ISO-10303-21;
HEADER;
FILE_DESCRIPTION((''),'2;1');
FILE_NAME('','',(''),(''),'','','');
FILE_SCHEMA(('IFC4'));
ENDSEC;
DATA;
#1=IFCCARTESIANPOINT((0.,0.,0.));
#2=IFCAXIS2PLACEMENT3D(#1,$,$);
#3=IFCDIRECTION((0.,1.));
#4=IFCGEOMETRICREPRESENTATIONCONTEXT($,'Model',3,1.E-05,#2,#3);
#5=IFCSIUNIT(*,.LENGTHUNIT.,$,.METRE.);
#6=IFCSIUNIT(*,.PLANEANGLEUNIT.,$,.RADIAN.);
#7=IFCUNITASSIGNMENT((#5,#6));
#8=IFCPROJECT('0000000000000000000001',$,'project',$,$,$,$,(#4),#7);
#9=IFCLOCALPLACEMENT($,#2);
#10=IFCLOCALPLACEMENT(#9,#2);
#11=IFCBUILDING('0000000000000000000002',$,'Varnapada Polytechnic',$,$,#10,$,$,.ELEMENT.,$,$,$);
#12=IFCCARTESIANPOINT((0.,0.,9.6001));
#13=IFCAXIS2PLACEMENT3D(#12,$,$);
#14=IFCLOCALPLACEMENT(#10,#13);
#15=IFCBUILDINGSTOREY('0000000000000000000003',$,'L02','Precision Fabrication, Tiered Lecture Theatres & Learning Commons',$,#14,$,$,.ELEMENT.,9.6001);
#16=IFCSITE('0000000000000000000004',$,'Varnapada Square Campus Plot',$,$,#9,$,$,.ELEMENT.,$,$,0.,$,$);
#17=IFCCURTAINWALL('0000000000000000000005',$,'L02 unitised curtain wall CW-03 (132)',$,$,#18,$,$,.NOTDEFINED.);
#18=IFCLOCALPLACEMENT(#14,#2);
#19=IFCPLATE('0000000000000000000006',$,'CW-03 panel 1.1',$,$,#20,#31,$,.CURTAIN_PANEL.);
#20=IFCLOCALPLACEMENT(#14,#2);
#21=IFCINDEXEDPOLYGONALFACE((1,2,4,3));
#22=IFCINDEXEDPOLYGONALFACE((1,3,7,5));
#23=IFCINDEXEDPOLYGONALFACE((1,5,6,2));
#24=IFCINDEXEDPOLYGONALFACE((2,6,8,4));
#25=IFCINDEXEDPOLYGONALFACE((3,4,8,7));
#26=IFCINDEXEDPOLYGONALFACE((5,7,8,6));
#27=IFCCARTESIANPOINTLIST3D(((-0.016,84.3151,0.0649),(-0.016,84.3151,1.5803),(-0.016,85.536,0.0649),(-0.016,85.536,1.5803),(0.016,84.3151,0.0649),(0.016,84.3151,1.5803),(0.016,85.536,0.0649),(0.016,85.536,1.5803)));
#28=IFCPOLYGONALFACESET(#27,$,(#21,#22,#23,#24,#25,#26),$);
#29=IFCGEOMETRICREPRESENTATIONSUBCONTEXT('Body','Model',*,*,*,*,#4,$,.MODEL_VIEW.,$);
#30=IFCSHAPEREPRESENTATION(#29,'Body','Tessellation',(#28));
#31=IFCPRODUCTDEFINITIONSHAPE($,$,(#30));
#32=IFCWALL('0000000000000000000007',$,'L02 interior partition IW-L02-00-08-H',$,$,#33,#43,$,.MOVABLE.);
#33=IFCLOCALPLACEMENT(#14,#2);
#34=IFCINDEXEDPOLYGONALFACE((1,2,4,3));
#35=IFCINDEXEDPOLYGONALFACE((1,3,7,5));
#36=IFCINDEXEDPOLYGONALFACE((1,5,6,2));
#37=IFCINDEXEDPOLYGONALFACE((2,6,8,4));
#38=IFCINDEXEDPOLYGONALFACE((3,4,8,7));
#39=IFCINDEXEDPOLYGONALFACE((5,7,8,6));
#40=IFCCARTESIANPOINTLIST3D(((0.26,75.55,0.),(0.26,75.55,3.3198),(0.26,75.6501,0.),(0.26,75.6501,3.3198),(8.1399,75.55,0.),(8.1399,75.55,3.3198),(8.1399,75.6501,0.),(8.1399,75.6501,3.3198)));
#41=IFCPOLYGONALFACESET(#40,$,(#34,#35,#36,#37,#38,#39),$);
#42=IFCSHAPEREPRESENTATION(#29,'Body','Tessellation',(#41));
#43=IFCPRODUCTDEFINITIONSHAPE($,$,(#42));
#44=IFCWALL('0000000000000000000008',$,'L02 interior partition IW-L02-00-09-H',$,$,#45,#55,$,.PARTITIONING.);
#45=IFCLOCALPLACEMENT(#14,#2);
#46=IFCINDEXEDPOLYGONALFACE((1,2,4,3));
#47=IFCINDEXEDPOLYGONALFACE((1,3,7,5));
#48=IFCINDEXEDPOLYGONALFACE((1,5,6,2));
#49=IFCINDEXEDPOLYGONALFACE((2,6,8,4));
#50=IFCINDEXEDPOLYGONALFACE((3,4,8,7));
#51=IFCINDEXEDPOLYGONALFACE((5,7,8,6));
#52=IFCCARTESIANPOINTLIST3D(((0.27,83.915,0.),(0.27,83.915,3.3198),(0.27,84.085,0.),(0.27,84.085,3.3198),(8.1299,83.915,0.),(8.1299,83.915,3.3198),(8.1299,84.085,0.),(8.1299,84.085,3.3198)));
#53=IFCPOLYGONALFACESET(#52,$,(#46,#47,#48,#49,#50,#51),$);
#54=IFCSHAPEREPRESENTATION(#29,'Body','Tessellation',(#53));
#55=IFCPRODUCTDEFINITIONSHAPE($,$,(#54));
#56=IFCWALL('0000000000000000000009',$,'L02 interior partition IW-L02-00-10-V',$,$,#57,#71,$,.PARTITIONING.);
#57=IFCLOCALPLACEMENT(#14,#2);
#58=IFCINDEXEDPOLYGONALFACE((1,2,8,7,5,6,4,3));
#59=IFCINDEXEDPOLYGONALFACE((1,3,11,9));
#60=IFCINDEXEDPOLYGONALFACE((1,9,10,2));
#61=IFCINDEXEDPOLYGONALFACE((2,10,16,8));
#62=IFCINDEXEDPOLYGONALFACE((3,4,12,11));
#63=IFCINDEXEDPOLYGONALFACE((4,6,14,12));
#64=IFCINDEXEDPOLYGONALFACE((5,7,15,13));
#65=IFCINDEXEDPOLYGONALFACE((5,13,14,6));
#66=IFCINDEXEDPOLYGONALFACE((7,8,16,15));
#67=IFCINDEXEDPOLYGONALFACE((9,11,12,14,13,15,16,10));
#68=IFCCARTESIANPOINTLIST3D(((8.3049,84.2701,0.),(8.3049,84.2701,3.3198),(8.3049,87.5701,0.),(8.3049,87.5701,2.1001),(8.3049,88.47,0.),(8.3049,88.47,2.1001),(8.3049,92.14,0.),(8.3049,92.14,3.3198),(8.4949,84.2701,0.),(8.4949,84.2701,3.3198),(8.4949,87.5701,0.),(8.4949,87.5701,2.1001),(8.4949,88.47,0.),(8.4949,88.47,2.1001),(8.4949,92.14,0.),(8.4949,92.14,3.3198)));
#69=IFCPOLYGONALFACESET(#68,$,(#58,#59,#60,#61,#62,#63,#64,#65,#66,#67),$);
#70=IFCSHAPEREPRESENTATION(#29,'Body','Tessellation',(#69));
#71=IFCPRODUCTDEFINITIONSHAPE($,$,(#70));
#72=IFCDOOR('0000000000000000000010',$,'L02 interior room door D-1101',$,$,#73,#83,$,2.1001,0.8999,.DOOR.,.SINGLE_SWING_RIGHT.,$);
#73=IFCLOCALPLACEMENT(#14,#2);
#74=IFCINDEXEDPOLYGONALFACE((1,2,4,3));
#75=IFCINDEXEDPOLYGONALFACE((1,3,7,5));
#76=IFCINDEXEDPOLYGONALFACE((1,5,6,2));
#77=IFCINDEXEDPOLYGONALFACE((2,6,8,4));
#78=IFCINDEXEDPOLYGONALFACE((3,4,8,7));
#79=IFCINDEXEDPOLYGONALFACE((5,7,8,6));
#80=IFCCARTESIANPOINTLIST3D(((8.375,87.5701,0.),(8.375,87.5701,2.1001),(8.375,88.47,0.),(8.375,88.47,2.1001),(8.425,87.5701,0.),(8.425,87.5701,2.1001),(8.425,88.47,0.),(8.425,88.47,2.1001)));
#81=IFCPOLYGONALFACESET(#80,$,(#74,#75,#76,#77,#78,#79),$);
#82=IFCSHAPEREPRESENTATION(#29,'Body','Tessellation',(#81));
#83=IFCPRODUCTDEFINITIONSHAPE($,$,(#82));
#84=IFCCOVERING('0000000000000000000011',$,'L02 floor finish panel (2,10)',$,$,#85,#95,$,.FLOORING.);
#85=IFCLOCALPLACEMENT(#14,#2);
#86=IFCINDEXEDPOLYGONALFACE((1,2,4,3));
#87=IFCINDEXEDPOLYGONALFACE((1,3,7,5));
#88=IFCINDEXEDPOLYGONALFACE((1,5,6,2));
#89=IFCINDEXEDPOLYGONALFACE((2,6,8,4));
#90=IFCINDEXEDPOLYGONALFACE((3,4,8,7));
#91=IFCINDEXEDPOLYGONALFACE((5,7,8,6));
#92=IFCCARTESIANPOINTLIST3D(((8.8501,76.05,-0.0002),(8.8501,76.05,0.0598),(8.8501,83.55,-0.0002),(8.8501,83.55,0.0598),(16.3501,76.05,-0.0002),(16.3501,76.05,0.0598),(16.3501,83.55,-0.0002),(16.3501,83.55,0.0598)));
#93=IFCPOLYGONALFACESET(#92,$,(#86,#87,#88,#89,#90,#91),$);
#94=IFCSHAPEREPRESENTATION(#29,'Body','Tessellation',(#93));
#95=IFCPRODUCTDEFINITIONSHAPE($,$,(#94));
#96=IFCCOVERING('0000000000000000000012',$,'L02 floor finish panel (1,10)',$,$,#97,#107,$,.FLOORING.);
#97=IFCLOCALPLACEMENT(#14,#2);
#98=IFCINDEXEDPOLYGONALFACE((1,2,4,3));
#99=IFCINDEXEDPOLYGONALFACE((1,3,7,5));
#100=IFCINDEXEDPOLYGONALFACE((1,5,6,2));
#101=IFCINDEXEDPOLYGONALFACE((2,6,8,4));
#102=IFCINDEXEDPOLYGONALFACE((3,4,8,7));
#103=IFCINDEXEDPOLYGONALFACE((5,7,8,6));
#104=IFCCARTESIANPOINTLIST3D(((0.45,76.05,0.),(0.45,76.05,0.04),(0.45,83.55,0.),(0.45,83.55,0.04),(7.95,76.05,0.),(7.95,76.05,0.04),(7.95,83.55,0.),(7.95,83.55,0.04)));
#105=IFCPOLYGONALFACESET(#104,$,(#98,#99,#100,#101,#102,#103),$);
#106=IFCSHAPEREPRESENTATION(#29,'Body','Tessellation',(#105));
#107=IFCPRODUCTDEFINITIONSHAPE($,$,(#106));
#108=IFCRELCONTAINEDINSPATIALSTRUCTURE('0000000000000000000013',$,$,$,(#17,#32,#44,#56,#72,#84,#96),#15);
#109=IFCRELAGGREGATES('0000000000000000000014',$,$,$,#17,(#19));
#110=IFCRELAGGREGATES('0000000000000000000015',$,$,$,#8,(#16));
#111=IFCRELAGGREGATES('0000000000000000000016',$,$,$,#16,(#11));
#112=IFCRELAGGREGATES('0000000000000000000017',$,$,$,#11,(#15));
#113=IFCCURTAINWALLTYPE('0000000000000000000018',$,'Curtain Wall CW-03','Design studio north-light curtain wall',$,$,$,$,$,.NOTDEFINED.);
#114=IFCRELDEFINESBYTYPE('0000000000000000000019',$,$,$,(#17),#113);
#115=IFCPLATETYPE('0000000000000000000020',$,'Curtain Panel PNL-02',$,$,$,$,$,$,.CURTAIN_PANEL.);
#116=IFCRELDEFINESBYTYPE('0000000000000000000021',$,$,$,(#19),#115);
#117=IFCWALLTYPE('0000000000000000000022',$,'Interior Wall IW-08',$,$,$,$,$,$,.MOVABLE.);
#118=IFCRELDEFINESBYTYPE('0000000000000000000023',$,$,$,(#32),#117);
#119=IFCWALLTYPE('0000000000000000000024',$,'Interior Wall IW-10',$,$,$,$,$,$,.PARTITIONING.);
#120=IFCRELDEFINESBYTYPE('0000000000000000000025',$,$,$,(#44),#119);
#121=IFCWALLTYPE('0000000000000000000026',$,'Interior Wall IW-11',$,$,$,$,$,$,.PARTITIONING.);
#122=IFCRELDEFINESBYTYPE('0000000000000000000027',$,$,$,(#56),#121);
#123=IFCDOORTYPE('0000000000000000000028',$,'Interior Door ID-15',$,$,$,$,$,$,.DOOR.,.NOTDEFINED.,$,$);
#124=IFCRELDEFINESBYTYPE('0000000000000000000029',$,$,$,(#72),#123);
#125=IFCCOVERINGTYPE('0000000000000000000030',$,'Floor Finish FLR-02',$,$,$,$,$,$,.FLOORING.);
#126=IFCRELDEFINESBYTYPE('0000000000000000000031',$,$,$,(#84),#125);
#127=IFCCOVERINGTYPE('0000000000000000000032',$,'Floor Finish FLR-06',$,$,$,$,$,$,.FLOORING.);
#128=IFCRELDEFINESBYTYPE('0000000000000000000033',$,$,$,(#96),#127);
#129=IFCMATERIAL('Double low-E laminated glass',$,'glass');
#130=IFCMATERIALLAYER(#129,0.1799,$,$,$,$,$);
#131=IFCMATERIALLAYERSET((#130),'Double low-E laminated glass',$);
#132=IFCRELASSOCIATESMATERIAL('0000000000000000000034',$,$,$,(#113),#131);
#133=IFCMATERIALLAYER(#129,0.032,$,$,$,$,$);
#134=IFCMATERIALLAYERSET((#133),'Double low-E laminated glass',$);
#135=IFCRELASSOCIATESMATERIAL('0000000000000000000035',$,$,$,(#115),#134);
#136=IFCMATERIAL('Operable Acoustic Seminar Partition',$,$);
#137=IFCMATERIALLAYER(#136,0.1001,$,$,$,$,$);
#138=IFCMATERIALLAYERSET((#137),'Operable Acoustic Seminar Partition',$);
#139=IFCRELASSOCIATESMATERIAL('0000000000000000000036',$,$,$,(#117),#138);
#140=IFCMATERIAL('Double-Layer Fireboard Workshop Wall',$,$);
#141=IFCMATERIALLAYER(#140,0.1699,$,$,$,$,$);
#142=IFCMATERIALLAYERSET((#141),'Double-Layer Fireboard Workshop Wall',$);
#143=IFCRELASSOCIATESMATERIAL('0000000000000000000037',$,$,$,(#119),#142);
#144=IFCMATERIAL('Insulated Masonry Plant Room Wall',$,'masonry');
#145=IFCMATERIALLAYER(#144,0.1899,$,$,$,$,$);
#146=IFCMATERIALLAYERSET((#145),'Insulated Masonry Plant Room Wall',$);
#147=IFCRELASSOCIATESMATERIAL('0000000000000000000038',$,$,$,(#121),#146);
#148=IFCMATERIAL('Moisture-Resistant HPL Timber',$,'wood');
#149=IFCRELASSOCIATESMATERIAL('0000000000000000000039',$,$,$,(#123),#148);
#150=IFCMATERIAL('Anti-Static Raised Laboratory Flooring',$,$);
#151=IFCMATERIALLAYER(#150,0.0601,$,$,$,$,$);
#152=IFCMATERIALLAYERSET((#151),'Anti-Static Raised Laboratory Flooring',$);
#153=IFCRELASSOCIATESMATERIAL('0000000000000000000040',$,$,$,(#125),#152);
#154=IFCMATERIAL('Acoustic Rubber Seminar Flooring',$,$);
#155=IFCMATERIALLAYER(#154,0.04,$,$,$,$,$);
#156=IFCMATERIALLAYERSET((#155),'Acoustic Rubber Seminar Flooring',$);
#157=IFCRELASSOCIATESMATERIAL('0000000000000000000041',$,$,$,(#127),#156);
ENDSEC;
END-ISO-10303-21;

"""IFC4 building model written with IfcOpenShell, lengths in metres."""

from ifc_helpers import new_model, si_unit, direction, frame, frame_2d, origin, origin_2d, place, context, subcontext, project, spatial, rectangle, extrude, material, layer, layer_set, type_object, element, fill, aggregate, save


model = new_model("IFC4")

# Units and contexts
model_context = context("Model", 3, precision=1e-05, world=origin(), true_north=direction((0.0, 1.0)))
body_context = subcontext(model_context, "Body", "Model", "MODEL_VIEW")
ifc_project = project(units=[si_unit("LENGTHUNIT", "METRE"), si_unit("PLANEANGLEUNIT", "RADIAN")], contexts=[model_context])

# Site, building, storey
site_placement = place(None, origin())
site = spatial("IfcSite", under=ifc_project, at=site_placement, Name="Varnapada Square Campus Plot", CompositionType="ELEMENT", RefElevation=0.0)
building_placement = place(site_placement, origin())
building = spatial("IfcBuilding", under=site, at=building_placement, Name="Varnapada Polytechnic", CompositionType="ELEMENT")
storey_placement = place(building_placement, frame((0.0, 0.0, 9.6001)))
storey = spatial("IfcBuildingStorey", under=building, at=storey_placement, Name="L02", Description="Precision Fabrication, Tiered Lecture Theatres & Learning Commons", CompositionType="ELEMENT", Elevation=9.6001)

# Curtain wall, plate
ifc_material_1 = material(Name="Double low-E laminated glass", Category="glass")
ifc_layer_1 = layer(ifc_material_1, 0.1799)
ifc_layer_set_1 = layer_set([ifc_layer_1], Name="Double low-E laminated glass")
curtain_wall_type = type_object("IfcCurtainWallType", Name="Curtain Wall CW-03", Description="Design studio north-light curtain wall", PredefinedType="NOTDEFINED", material=ifc_layer_set_1)
curtain_wall_placement = place(storey_placement, origin())
curtain_wall = element("IfcCurtainWall", 1, at=curtain_wall_placement, inside=storey, type_object=curtain_wall_type, Name="L02 unitised curtain wall CW-03 (132)", PredefinedType="NOTDEFINED")
ifc_layer_2 = layer(ifc_material_1, 0.032)
ifc_layer_set_2 = layer_set([ifc_layer_2], Name="Double low-E laminated glass")
plate_type = type_object("IfcPlateType", Name="Curtain Panel PNL-02", PredefinedType="CURTAIN_PANEL", material=ifc_layer_set_2)
plate_placement = place(storey_placement, frame((0.0, 84.9255, 0.0649), z_axis=(0.0, 0.0, 1.0), x_axis=(0.0, 1.0, 0.0)))
plate = element("IfcPlate", 2, at=plate_placement, type_object=plate_type, Name="CW-03 panel 1.1", PredefinedType="CURTAIN_PANEL", context=body_context, shape_type="SweptSolid", body=[
    extrude(rectangle(XDim=1.2209, YDim=0.032, at=origin_2d()), origin(), (0.0, 0.0, 1.0), 1.5154),
])
aggregate(curtain_wall, [plate])

# Wall
ifc_material_2 = material(Name="Operable Acoustic Seminar Partition")
ifc_layer_3 = layer(ifc_material_2, 0.1001)
ifc_layer_set_3 = layer_set([ifc_layer_3], Name="Operable Acoustic Seminar Partition")
wall_type_1 = type_object("IfcWallType", Name="Interior Wall IW-08", PredefinedType="MOVABLE", material=ifc_layer_set_3)
wall_1_placement = place(storey_placement, frame((0.26, 75.6001, 0.0), z_axis=(0.0, 0.0, 1.0), x_axis=(1.0, 0.0, 0.0)))
element("IfcWall", 3, at=wall_1_placement, inside=storey, type_object=wall_type_1, Name="L02 interior partition IW-L02-00-08-H", PredefinedType="MOVABLE", context=body_context, shape_type="SweptSolid", body=[
    extrude(rectangle(XDim=7.8799, YDim=0.1001, at=frame_2d((3.9399, 0.0))), origin(), (0.0, 0.0, 1.0), 3.3198),
])

# Wall
ifc_material_3 = material(Name="Double-Layer Fireboard Workshop Wall")
ifc_layer_4 = layer(ifc_material_3, 0.1699)
ifc_layer_set_4 = layer_set([ifc_layer_4], Name="Double-Layer Fireboard Workshop Wall")
wall_type_2 = type_object("IfcWallType", Name="Interior Wall IW-10", PredefinedType="PARTITIONING", material=ifc_layer_set_4)
wall_2_placement = place(storey_placement, frame((0.27, 84.0, 0.0), z_axis=(0.0, 0.0, 1.0), x_axis=(1.0, 0.0, 0.0)))
element("IfcWall", 4, at=wall_2_placement, inside=storey, type_object=wall_type_2, Name="L02 interior partition IW-L02-00-09-H", PredefinedType="PARTITIONING", context=body_context, shape_type="SweptSolid", body=[
    extrude(rectangle(XDim=7.8599, YDim=0.1699, at=frame_2d((3.9299, 0.0))), origin(), (0.0, 0.0, 1.0), 3.3198),
])

# Wall, opening, door
ifc_material_4 = material(Name="Insulated Masonry Plant Room Wall", Category="masonry")
ifc_layer_5 = layer(ifc_material_4, 0.1899)
ifc_layer_set_5 = layer_set([ifc_layer_5], Name="Insulated Masonry Plant Room Wall")
wall_type_3 = type_object("IfcWallType", Name="Interior Wall IW-11", PredefinedType="PARTITIONING", material=ifc_layer_set_5)
wall_3_placement = place(storey_placement, frame((8.3999, 84.27, 0.0), z_axis=(0.0, 0.0, 1.0), x_axis=(0.0, 1.0, 0.0)))
wall_3 = element("IfcWall", 5, at=wall_3_placement, inside=storey, type_object=wall_type_3, Name="L02 interior partition IW-L02-00-10-V", PredefinedType="PARTITIONING", context=body_context, shape_type="SweptSolid", body=[
    extrude(rectangle(XDim=7.8699, YDim=0.1899, at=frame_2d((3.9351, 0.0))), origin(), (0.0, 0.0, 1.0), 3.3198),
])
opening_1_placement = place(wall_3_placement, frame((3.3, 0.0, 0.0)))
opening_1 = element("IfcOpeningElement", 6, at=opening_1_placement, cuts=wall_3, PredefinedType="OPENING", context=body_context, shape_type="SweptSolid", body=[
    extrude(rectangle(XDim=0.8999, YDim=2.1001, at=frame_2d((0.45, 1.05))), frame((0.0, 0.105, 0.0), z_axis=(0.0, -1.0, 0.0), x_axis=(1.0, 0.0, 0.0)), (0.0, 0.0, 1.0), 0.21),
])
ifc_material_5 = material(Name="Moisture-Resistant HPL Timber", Category="wood")
door_type_1 = type_object("IfcDoorType", Name="Interior Door ID-15", OperationType="NOTDEFINED", PredefinedType="DOOR", material=ifc_material_5)
door_1_placement = place(opening_1_placement, origin())
door_1 = element("IfcDoor", 7, at=door_1_placement, inside=storey, type_object=door_type_1, Name="L02 interior room door D-1101", OperationType="SINGLE_SWING_RIGHT", OverallHeight=2.1001, OverallWidth=0.8999, PredefinedType="DOOR", context=body_context, shape_type="SweptSolid", body=[
    extrude(rectangle(XDim=0.8999, YDim=2.1001, at=frame_2d((0.45, 1.05))), frame((0.0, 0.0249, 0.0), z_axis=(0.0, -1.0, 0.0), x_axis=(1.0, 0.0, 0.0)), (0.0, 0.0, 1.0), 0.05),
])
fill(opening_1, door_1)

# Coverings
ifc_material_6 = material(Name="Anti-Static Raised Laboratory Flooring")
ifc_layer_6 = layer(ifc_material_6, 0.0601)
ifc_layer_set_6 = layer_set([ifc_layer_6], Name="Anti-Static Raised Laboratory Flooring")
covering_type_1 = type_object("IfcCoveringType", Name="Floor Finish FLR-02", PredefinedType="FLOORING", material=ifc_layer_set_6)
covering_1_placement = place(storey_placement, frame((12.6001, 79.8, -0.0002), z_axis=(0.0, 0.0, 1.0), x_axis=(1.0, 0.0, 0.0)))
element("IfcCovering", 8, at=covering_1_placement, inside=storey, type_object=covering_type_1, Name="L02 floor finish panel (2,10)", PredefinedType="FLOORING", context=body_context, shape_type="SweptSolid", body=[
    extrude(rectangle(XDim=7.5, YDim=7.5, at=origin_2d()), origin(), (0.0, 0.0, 1.0), 0.0601),
])
ifc_material_7 = material(Name="Acoustic Rubber Seminar Flooring")
ifc_layer_7 = layer(ifc_material_7, 0.04)
ifc_layer_set_7 = layer_set([ifc_layer_7], Name="Acoustic Rubber Seminar Flooring")
covering_type_2 = type_object("IfcCoveringType", Name="Floor Finish FLR-06", PredefinedType="FLOORING", material=ifc_layer_set_7)
covering_2_placement = place(storey_placement, frame((4.2, 79.8, 0.0), z_axis=(0.0, 0.0, 1.0), x_axis=(1.0, 0.0, 0.0)))
element("IfcCovering", 9, at=covering_2_placement, inside=storey, type_object=covering_type_2, Name="L02 floor finish panel (1,10)", PredefinedType="FLOORING", context=body_context, shape_type="SweptSolid", body=[
    extrude(rectangle(XDim=7.5, YDim=7.5, at=origin_2d()), origin(), (0.0, 0.0, 1.0), 0.04),
])

save(model, "model.ifc")
